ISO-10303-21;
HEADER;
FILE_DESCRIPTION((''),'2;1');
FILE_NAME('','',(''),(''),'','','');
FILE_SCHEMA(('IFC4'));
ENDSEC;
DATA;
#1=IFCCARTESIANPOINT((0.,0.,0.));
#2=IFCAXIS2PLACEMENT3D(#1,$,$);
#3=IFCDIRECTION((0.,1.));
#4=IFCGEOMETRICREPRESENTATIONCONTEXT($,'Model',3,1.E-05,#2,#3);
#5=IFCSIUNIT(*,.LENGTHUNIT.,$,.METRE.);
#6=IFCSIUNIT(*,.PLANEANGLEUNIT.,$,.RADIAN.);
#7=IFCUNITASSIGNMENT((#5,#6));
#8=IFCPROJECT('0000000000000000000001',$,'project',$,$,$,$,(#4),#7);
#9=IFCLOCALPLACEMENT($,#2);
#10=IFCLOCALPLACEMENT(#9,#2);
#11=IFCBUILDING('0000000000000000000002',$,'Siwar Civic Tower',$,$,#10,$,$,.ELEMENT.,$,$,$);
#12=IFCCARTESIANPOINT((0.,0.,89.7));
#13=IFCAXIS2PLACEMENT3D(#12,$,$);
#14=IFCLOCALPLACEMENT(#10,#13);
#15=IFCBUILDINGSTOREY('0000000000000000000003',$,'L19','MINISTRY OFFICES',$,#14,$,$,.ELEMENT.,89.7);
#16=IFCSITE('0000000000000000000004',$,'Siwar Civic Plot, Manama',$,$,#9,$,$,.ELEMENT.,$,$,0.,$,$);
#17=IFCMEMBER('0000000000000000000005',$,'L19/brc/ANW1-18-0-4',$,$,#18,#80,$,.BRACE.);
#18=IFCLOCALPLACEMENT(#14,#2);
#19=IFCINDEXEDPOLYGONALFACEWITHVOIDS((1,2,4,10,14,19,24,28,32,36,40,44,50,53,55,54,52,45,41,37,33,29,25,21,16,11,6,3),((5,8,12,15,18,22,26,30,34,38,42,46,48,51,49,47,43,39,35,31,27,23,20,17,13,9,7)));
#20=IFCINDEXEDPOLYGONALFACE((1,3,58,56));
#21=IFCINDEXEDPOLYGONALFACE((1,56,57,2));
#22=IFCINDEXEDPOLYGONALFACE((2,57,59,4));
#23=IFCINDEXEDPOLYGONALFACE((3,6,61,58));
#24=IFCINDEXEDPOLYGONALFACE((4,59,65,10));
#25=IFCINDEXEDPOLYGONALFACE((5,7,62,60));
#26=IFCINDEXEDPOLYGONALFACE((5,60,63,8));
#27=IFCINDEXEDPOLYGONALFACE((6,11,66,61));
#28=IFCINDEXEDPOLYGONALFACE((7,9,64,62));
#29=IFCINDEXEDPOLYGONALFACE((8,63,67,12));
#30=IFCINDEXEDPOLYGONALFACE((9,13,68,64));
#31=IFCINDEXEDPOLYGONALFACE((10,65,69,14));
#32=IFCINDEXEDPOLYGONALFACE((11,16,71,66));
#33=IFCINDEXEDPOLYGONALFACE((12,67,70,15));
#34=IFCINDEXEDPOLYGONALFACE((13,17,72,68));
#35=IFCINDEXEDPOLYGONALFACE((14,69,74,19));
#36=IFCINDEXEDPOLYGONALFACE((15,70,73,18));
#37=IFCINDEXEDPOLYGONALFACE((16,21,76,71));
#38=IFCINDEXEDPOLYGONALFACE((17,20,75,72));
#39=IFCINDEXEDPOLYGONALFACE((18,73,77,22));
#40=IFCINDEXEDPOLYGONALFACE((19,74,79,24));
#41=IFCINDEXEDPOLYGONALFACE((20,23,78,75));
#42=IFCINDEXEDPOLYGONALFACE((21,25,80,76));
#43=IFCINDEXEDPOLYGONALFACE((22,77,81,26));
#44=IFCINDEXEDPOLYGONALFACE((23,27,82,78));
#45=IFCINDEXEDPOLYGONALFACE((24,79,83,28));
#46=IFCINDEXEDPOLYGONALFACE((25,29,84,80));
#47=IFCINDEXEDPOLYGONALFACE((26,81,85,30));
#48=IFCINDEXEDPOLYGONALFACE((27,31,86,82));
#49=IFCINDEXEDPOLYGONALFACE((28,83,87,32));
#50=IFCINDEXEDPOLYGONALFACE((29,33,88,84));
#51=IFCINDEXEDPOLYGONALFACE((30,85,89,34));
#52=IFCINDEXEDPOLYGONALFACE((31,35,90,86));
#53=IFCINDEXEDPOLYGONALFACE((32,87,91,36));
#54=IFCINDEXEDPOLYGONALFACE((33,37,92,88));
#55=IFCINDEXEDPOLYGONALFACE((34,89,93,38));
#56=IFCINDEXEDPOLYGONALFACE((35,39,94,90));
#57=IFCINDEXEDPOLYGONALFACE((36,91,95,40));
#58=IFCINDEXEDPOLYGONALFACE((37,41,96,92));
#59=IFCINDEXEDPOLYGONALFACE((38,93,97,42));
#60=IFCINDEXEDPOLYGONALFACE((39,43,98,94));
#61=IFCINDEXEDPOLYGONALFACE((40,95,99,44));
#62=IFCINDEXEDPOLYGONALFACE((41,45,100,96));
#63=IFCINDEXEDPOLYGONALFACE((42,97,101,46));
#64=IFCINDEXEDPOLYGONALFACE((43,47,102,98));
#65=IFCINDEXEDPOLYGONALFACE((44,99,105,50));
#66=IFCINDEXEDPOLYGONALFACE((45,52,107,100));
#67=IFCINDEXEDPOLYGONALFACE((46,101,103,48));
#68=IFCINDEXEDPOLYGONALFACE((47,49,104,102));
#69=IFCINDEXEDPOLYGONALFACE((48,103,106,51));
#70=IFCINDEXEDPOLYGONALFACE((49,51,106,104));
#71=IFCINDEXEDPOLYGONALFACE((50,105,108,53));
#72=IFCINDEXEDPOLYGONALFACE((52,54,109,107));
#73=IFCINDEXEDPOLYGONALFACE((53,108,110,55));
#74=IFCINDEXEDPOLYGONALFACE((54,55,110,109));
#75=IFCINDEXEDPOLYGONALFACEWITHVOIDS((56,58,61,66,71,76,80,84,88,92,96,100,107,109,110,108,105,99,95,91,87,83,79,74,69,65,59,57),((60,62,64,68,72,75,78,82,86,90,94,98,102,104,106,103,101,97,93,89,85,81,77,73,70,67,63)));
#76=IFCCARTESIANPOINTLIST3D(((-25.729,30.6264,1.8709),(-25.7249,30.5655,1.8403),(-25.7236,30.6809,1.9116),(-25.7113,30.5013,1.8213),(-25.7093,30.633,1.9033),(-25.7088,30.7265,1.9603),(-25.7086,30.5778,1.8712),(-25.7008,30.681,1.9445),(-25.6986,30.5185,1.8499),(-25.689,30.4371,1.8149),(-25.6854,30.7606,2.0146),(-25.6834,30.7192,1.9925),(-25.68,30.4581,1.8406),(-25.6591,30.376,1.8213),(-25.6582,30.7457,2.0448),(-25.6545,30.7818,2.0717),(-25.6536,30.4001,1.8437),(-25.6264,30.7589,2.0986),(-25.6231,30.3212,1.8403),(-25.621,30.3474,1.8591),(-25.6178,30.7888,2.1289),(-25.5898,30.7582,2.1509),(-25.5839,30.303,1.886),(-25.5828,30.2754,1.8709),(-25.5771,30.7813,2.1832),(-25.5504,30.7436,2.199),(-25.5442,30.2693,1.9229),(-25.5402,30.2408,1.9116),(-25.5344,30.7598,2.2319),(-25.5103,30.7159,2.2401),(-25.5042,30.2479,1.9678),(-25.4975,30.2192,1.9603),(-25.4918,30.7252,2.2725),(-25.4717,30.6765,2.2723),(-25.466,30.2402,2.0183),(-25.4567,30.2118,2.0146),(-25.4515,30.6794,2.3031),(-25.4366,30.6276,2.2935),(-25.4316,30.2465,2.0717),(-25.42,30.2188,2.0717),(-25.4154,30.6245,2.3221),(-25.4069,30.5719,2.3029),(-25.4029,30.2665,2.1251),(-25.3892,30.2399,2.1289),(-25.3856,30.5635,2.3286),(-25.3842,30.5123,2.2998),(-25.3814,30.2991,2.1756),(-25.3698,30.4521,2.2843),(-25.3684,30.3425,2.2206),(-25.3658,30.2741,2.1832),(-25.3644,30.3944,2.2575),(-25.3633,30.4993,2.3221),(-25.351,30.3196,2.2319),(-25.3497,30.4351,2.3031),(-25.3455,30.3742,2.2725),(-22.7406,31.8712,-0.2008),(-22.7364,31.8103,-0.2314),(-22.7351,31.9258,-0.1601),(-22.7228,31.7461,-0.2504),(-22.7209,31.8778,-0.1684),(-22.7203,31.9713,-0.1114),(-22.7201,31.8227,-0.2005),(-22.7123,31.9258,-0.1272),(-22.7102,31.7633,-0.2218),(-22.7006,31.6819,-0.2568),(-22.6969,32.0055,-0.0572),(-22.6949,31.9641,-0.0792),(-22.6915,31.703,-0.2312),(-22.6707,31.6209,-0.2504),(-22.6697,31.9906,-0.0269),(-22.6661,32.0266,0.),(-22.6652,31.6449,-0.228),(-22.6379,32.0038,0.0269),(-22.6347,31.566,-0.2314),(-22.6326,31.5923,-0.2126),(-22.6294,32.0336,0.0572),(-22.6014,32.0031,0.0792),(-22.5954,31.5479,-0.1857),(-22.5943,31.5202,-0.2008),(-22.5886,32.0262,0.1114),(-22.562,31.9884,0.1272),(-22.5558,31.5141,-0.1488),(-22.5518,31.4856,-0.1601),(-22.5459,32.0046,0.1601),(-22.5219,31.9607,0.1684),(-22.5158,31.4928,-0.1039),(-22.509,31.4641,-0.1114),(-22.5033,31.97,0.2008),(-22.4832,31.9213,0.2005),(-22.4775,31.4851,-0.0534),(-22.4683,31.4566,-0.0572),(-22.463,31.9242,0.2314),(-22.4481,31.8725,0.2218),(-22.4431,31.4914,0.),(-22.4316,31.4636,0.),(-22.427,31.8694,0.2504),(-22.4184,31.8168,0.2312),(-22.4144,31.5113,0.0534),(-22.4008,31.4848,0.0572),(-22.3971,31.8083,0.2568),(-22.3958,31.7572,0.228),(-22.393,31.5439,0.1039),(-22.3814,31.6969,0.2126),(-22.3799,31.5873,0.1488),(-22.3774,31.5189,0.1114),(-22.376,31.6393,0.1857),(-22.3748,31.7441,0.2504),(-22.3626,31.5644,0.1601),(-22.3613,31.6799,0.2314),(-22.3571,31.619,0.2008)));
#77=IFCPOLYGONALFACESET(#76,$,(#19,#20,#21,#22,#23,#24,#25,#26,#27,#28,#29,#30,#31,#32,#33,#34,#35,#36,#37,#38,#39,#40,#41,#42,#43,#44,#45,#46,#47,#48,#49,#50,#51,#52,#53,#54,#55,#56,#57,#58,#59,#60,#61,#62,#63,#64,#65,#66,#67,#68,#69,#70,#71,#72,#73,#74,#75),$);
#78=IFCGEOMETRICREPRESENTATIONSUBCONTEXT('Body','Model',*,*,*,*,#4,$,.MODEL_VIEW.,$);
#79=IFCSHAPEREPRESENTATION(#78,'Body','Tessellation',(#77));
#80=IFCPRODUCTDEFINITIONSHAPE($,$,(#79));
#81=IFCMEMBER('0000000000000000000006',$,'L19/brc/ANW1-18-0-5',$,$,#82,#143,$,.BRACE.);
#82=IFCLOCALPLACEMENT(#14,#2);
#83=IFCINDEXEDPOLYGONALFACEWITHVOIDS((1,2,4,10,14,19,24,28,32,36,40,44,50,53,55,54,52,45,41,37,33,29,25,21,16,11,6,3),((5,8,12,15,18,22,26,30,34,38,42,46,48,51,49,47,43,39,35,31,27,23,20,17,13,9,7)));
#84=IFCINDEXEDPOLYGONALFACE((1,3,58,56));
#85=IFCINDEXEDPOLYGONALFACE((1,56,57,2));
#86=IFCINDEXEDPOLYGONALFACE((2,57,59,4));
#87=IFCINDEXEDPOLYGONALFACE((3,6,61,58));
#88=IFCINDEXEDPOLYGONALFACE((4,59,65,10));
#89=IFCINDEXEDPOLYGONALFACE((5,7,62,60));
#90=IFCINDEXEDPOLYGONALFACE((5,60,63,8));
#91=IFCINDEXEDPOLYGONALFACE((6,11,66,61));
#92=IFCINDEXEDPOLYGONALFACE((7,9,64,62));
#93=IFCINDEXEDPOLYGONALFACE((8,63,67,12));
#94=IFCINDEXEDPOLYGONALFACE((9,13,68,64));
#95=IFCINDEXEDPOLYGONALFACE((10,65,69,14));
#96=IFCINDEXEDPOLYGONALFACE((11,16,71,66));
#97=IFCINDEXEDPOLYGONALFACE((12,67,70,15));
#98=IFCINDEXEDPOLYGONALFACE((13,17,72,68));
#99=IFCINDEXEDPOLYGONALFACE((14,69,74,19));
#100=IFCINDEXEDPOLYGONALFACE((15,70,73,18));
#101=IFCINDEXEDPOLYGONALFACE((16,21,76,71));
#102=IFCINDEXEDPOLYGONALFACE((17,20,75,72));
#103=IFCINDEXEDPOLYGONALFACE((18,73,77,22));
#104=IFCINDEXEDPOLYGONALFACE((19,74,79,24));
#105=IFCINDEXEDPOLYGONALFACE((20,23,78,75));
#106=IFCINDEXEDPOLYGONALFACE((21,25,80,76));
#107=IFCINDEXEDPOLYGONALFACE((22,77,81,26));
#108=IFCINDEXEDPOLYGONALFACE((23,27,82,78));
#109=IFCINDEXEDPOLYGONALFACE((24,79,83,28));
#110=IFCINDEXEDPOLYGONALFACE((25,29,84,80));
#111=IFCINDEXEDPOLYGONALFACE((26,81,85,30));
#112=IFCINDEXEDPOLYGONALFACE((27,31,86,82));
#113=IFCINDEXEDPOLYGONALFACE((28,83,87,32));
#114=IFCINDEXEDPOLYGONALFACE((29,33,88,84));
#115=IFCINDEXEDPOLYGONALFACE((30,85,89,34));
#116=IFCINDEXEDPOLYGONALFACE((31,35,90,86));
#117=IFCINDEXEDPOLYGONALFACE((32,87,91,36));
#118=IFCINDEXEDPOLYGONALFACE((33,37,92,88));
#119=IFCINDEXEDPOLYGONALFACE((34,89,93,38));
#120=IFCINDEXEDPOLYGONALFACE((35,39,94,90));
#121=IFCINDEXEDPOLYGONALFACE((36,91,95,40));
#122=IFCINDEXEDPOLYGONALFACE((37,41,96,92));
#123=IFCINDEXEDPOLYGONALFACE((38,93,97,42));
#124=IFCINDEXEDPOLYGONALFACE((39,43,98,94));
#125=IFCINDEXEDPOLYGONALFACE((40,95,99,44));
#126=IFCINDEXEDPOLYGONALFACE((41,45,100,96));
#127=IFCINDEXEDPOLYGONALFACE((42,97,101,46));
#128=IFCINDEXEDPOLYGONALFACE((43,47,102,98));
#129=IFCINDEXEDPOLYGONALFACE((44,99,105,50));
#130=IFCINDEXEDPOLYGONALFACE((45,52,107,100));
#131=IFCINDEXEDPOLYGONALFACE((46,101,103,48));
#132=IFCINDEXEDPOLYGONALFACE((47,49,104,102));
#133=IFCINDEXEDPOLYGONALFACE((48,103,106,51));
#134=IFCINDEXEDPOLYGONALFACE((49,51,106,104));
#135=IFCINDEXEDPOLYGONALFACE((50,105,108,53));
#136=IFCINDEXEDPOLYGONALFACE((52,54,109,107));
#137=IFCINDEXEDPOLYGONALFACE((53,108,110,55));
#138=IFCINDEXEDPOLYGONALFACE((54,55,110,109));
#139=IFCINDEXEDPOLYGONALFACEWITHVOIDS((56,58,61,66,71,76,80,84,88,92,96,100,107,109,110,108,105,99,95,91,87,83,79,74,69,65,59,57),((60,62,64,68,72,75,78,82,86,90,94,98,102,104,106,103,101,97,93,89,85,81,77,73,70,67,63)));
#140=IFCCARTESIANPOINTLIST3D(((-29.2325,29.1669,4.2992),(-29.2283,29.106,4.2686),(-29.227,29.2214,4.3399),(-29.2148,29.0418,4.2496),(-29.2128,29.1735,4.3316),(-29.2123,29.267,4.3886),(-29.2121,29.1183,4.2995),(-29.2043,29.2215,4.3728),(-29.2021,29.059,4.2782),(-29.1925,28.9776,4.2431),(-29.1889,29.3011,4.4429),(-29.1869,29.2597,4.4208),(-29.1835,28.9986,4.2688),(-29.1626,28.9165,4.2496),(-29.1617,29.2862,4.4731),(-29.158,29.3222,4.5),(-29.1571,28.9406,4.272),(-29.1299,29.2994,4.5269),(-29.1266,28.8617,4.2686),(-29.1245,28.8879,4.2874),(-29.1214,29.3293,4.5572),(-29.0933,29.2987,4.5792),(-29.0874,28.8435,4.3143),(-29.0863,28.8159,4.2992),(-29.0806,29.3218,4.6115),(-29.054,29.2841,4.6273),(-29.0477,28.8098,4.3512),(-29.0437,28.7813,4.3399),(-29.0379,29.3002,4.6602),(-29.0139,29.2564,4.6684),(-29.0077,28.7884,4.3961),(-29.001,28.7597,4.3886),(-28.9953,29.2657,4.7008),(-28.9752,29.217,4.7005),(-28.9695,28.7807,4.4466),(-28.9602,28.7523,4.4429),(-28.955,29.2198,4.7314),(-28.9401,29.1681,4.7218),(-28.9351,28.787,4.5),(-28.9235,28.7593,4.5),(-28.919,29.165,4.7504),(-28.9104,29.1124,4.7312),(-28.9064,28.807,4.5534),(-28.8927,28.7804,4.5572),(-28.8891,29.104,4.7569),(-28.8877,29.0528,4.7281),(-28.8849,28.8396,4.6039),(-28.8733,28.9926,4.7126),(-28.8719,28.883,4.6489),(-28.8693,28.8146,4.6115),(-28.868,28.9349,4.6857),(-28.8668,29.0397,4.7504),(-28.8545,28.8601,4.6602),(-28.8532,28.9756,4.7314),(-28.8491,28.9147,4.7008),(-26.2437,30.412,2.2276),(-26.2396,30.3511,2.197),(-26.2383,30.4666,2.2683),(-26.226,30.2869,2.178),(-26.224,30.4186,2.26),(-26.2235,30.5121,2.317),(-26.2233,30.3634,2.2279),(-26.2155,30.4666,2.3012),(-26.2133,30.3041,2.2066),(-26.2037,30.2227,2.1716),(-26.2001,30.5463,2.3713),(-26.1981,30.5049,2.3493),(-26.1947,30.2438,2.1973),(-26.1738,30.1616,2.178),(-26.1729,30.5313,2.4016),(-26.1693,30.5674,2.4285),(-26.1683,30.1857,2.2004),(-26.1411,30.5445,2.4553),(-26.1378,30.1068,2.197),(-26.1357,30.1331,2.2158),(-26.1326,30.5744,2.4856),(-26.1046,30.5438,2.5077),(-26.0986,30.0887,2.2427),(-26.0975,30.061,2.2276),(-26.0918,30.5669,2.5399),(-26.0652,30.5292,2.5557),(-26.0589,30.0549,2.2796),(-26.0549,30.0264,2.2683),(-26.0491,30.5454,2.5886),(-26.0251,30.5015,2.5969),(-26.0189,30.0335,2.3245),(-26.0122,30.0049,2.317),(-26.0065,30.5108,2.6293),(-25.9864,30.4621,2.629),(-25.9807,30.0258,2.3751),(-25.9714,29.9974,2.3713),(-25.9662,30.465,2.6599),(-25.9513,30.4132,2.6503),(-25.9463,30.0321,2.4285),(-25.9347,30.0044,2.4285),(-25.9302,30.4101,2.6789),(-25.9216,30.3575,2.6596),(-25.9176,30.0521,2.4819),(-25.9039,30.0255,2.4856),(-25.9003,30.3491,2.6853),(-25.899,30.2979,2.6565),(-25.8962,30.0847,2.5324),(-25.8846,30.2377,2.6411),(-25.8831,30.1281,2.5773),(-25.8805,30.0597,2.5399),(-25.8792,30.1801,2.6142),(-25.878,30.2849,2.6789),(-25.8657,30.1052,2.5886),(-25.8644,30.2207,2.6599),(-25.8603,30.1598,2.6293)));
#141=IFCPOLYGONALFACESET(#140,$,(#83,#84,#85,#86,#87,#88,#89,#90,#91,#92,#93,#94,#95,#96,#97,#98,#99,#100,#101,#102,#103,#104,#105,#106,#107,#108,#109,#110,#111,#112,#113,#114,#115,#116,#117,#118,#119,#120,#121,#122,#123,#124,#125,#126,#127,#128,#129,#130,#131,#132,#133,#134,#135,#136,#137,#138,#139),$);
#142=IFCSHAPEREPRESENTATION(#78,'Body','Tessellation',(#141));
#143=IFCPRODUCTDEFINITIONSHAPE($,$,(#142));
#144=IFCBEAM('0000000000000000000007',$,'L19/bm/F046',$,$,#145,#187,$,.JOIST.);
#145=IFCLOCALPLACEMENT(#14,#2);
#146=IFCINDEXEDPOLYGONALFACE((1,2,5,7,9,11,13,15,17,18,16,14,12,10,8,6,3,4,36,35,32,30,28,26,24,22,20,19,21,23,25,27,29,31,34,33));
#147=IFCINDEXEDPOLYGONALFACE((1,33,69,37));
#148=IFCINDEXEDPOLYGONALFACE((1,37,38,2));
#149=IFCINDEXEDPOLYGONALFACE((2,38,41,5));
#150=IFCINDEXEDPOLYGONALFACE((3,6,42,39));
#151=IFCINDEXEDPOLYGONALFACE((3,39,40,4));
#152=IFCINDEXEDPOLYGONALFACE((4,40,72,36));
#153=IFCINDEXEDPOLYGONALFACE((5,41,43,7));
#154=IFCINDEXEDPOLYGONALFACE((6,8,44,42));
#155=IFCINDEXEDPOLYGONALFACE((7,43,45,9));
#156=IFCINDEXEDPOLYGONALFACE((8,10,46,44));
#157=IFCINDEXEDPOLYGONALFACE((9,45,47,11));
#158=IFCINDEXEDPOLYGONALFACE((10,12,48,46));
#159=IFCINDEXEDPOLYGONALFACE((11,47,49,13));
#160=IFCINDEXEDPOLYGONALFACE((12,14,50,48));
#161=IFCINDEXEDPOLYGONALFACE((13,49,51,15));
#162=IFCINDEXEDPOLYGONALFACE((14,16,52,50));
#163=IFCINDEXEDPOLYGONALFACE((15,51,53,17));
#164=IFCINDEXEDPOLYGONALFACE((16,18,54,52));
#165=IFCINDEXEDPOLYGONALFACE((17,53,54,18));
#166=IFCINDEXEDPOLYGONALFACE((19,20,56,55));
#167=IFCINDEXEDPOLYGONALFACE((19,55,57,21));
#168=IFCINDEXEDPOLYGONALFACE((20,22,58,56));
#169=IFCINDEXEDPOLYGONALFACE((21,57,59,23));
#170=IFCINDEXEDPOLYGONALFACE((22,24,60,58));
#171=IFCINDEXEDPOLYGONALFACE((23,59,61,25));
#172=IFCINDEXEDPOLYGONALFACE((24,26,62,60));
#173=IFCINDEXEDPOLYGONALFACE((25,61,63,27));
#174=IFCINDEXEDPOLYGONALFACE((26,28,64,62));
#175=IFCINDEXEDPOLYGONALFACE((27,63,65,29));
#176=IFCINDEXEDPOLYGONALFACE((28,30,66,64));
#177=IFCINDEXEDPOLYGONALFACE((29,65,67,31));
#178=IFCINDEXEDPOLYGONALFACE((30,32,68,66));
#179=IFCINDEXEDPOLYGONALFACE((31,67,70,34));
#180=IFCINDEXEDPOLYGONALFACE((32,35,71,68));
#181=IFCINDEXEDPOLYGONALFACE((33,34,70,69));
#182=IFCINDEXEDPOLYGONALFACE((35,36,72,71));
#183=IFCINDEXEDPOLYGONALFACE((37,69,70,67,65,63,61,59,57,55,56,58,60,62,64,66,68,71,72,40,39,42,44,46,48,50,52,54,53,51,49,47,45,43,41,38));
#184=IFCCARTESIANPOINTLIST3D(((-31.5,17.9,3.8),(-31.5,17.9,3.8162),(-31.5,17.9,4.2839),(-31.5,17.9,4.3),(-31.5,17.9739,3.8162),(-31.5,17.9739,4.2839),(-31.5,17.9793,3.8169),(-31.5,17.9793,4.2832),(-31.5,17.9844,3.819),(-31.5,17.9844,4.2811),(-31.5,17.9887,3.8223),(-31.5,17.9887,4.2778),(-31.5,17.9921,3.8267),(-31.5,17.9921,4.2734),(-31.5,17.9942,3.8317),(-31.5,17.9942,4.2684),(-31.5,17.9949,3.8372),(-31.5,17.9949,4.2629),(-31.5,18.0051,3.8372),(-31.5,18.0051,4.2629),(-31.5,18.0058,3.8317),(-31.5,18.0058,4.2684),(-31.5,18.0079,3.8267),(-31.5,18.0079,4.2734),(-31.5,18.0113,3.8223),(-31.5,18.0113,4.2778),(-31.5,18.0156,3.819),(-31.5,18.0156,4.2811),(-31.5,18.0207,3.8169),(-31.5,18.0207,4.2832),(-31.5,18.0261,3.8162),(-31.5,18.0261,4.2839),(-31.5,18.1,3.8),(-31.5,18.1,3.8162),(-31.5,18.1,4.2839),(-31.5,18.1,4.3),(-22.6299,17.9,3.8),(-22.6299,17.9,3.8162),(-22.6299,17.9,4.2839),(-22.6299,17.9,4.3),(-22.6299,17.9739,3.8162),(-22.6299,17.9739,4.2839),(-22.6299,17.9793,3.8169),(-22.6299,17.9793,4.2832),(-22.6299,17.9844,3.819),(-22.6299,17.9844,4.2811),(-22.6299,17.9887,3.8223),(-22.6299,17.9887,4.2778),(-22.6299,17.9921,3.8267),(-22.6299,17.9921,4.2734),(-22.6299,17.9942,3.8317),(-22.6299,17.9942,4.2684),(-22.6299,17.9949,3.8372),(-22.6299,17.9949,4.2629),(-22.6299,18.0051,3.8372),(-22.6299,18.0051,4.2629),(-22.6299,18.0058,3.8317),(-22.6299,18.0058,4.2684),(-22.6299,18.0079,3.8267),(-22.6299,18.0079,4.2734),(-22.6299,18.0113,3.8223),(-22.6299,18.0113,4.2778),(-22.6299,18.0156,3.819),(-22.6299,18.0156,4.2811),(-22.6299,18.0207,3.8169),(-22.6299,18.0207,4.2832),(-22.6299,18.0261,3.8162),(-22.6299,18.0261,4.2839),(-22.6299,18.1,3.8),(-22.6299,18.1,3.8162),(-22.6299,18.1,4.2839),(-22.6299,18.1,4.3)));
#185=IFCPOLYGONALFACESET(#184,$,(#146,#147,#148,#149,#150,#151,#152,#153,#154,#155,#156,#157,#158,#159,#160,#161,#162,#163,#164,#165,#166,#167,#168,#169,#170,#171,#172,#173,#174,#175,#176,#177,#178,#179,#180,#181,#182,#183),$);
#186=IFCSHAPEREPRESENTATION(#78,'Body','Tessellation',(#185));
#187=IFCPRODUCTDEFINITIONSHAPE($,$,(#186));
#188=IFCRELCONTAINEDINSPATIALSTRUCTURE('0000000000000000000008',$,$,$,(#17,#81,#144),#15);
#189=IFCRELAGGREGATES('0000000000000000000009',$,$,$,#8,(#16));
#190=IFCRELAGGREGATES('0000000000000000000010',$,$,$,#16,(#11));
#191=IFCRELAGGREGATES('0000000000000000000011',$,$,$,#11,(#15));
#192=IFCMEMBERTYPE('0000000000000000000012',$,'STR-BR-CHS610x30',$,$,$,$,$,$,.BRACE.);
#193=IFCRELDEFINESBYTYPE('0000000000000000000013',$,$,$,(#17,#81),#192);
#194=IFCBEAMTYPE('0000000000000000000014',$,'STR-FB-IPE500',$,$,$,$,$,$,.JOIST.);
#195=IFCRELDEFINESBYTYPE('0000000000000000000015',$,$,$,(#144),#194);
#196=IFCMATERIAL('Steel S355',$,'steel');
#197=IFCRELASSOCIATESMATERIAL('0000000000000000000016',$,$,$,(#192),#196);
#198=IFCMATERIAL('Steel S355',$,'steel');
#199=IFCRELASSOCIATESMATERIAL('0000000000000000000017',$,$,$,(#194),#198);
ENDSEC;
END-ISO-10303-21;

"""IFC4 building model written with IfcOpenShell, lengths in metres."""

from ifc_helpers import new_model, si_unit, direction, frame, origin, origin_2d, place, context, subcontext, project, spatial, hollow_circle, i_section, extrude, material, material_profile, profile_set, type_object, element, save


model = new_model("IFC4")

# Units and contexts
model_context = context("Model", 3, precision=1e-05, world=origin(), true_north=direction((0.0, 1.0)))
body_context = subcontext(model_context, "Body", "Model", "MODEL_VIEW")
ifc_project = project(units=[si_unit("LENGTHUNIT", "METRE"), si_unit("PLANEANGLEUNIT", "RADIAN")], contexts=[model_context])

# Site, building, storey
site_placement = place(None, origin())
site = spatial("IfcSite", under=ifc_project, at=site_placement, Name="Siwar Civic Plot, Manama", CompositionType="ELEMENT", RefElevation=0.0)
building_placement = place(site_placement, origin())
building = spatial("IfcBuilding", under=site, at=building_placement, Name="Siwar Civic Tower", CompositionType="ELEMENT")
storey_placement = place(building_placement, frame((0.0, 0.0, 89.7)))
storey = spatial("IfcBuildingStorey", under=building, at=storey_placement, Name="L19", Description="MINISTRY OFFICES", CompositionType="ELEMENT", Elevation=89.7)

# Members
ifc_material_1 = material(Name="Steel S355", Category="steel")
ifc_material_profile_1 = material_profile(ifc_material_1, hollow_circle(Radius=0.3049, WallThickness=0.03, at=origin_2d()), Name="CHS610x30")
ifc_profile_set_1 = profile_set([ifc_material_profile_1], Name="Steel S355")
member_type_1 = type_object("IfcMemberType", Name="STR-BR-CHS610x30", PredefinedType="BRACE", material=ifc_profile_set_1)
member_1_placement = place(storey_placement, frame((-22.5488, 31.7451, 0.0), z_axis=(-0.777533, -0.323882, 0.53902), x_axis=(0.384524, -0.923115, 0.0)))
element("IfcMember", 1, at=member_1_placement, inside=storey, type_object=member_type_1, Name="L19/brc/ANW1-18-0-4", PredefinedType="BRACE", context=body_context, shape_type="SweptSolid", body=[
    extrude(hollow_circle(Radius=0.3049, WallThickness=0.03, at=origin_2d()), origin(), (0.0, 0.0, 1.0), 3.8435),
])
member_2_placement = place(storey_placement, frame((-26.052, 30.2859, 2.4285), z_axis=(-0.777569, -0.323934, 0.538937), x_axis=(0.384562, -0.923099, 0.0)))
element("IfcMember", 2, at=member_2_placement, inside=storey, type_object=member_type_1, Name="L19/brc/ANW1-18-0-5", PredefinedType="BRACE", context=body_context, shape_type="SweptSolid", body=[
    extrude(hollow_circle(Radius=0.3049, WallThickness=0.03, at=origin_2d()), origin(), (0.0, 0.0, 1.0), 3.8438),
])

# Beam
ifc_material_2 = material(Name="Steel S355", Category="steel")
ifc_material_profile_2 = material_profile(ifc_material_2, i_section(OverallWidth=0.2, OverallDepth=0.5, WebThickness=0.0103, FlangeThickness=0.0161, FilletRadius=0.021, at=origin_2d()), Name="IPE500")
ifc_profile_set_2 = profile_set([ifc_material_profile_2], Name="Steel S355")
beam_type_1 = type_object("IfcBeamType", Name="STR-FB-IPE500", PredefinedType="JOIST", material=ifc_profile_set_2)
beam_1_placement = place(storey_placement, frame((-31.5, 18.0, 4.05), z_axis=(1.0, 0.0, 0.0), x_axis=(0.0, 1.0, 0.0)))
element("IfcBeam", 3, at=beam_1_placement, inside=storey, type_object=beam_type_1, Name="L19/bm/F046", PredefinedType="JOIST", context=body_context, shape_type="SweptSolid", body=[
    extrude(i_section(OverallWidth=0.2, OverallDepth=0.5, WebThickness=0.0103, FlangeThickness=0.0161, FilletRadius=0.021, at=origin_2d()), origin(), (0.0, 0.0, 1.0), 8.8701),
])

save(model, "model.ifc")
